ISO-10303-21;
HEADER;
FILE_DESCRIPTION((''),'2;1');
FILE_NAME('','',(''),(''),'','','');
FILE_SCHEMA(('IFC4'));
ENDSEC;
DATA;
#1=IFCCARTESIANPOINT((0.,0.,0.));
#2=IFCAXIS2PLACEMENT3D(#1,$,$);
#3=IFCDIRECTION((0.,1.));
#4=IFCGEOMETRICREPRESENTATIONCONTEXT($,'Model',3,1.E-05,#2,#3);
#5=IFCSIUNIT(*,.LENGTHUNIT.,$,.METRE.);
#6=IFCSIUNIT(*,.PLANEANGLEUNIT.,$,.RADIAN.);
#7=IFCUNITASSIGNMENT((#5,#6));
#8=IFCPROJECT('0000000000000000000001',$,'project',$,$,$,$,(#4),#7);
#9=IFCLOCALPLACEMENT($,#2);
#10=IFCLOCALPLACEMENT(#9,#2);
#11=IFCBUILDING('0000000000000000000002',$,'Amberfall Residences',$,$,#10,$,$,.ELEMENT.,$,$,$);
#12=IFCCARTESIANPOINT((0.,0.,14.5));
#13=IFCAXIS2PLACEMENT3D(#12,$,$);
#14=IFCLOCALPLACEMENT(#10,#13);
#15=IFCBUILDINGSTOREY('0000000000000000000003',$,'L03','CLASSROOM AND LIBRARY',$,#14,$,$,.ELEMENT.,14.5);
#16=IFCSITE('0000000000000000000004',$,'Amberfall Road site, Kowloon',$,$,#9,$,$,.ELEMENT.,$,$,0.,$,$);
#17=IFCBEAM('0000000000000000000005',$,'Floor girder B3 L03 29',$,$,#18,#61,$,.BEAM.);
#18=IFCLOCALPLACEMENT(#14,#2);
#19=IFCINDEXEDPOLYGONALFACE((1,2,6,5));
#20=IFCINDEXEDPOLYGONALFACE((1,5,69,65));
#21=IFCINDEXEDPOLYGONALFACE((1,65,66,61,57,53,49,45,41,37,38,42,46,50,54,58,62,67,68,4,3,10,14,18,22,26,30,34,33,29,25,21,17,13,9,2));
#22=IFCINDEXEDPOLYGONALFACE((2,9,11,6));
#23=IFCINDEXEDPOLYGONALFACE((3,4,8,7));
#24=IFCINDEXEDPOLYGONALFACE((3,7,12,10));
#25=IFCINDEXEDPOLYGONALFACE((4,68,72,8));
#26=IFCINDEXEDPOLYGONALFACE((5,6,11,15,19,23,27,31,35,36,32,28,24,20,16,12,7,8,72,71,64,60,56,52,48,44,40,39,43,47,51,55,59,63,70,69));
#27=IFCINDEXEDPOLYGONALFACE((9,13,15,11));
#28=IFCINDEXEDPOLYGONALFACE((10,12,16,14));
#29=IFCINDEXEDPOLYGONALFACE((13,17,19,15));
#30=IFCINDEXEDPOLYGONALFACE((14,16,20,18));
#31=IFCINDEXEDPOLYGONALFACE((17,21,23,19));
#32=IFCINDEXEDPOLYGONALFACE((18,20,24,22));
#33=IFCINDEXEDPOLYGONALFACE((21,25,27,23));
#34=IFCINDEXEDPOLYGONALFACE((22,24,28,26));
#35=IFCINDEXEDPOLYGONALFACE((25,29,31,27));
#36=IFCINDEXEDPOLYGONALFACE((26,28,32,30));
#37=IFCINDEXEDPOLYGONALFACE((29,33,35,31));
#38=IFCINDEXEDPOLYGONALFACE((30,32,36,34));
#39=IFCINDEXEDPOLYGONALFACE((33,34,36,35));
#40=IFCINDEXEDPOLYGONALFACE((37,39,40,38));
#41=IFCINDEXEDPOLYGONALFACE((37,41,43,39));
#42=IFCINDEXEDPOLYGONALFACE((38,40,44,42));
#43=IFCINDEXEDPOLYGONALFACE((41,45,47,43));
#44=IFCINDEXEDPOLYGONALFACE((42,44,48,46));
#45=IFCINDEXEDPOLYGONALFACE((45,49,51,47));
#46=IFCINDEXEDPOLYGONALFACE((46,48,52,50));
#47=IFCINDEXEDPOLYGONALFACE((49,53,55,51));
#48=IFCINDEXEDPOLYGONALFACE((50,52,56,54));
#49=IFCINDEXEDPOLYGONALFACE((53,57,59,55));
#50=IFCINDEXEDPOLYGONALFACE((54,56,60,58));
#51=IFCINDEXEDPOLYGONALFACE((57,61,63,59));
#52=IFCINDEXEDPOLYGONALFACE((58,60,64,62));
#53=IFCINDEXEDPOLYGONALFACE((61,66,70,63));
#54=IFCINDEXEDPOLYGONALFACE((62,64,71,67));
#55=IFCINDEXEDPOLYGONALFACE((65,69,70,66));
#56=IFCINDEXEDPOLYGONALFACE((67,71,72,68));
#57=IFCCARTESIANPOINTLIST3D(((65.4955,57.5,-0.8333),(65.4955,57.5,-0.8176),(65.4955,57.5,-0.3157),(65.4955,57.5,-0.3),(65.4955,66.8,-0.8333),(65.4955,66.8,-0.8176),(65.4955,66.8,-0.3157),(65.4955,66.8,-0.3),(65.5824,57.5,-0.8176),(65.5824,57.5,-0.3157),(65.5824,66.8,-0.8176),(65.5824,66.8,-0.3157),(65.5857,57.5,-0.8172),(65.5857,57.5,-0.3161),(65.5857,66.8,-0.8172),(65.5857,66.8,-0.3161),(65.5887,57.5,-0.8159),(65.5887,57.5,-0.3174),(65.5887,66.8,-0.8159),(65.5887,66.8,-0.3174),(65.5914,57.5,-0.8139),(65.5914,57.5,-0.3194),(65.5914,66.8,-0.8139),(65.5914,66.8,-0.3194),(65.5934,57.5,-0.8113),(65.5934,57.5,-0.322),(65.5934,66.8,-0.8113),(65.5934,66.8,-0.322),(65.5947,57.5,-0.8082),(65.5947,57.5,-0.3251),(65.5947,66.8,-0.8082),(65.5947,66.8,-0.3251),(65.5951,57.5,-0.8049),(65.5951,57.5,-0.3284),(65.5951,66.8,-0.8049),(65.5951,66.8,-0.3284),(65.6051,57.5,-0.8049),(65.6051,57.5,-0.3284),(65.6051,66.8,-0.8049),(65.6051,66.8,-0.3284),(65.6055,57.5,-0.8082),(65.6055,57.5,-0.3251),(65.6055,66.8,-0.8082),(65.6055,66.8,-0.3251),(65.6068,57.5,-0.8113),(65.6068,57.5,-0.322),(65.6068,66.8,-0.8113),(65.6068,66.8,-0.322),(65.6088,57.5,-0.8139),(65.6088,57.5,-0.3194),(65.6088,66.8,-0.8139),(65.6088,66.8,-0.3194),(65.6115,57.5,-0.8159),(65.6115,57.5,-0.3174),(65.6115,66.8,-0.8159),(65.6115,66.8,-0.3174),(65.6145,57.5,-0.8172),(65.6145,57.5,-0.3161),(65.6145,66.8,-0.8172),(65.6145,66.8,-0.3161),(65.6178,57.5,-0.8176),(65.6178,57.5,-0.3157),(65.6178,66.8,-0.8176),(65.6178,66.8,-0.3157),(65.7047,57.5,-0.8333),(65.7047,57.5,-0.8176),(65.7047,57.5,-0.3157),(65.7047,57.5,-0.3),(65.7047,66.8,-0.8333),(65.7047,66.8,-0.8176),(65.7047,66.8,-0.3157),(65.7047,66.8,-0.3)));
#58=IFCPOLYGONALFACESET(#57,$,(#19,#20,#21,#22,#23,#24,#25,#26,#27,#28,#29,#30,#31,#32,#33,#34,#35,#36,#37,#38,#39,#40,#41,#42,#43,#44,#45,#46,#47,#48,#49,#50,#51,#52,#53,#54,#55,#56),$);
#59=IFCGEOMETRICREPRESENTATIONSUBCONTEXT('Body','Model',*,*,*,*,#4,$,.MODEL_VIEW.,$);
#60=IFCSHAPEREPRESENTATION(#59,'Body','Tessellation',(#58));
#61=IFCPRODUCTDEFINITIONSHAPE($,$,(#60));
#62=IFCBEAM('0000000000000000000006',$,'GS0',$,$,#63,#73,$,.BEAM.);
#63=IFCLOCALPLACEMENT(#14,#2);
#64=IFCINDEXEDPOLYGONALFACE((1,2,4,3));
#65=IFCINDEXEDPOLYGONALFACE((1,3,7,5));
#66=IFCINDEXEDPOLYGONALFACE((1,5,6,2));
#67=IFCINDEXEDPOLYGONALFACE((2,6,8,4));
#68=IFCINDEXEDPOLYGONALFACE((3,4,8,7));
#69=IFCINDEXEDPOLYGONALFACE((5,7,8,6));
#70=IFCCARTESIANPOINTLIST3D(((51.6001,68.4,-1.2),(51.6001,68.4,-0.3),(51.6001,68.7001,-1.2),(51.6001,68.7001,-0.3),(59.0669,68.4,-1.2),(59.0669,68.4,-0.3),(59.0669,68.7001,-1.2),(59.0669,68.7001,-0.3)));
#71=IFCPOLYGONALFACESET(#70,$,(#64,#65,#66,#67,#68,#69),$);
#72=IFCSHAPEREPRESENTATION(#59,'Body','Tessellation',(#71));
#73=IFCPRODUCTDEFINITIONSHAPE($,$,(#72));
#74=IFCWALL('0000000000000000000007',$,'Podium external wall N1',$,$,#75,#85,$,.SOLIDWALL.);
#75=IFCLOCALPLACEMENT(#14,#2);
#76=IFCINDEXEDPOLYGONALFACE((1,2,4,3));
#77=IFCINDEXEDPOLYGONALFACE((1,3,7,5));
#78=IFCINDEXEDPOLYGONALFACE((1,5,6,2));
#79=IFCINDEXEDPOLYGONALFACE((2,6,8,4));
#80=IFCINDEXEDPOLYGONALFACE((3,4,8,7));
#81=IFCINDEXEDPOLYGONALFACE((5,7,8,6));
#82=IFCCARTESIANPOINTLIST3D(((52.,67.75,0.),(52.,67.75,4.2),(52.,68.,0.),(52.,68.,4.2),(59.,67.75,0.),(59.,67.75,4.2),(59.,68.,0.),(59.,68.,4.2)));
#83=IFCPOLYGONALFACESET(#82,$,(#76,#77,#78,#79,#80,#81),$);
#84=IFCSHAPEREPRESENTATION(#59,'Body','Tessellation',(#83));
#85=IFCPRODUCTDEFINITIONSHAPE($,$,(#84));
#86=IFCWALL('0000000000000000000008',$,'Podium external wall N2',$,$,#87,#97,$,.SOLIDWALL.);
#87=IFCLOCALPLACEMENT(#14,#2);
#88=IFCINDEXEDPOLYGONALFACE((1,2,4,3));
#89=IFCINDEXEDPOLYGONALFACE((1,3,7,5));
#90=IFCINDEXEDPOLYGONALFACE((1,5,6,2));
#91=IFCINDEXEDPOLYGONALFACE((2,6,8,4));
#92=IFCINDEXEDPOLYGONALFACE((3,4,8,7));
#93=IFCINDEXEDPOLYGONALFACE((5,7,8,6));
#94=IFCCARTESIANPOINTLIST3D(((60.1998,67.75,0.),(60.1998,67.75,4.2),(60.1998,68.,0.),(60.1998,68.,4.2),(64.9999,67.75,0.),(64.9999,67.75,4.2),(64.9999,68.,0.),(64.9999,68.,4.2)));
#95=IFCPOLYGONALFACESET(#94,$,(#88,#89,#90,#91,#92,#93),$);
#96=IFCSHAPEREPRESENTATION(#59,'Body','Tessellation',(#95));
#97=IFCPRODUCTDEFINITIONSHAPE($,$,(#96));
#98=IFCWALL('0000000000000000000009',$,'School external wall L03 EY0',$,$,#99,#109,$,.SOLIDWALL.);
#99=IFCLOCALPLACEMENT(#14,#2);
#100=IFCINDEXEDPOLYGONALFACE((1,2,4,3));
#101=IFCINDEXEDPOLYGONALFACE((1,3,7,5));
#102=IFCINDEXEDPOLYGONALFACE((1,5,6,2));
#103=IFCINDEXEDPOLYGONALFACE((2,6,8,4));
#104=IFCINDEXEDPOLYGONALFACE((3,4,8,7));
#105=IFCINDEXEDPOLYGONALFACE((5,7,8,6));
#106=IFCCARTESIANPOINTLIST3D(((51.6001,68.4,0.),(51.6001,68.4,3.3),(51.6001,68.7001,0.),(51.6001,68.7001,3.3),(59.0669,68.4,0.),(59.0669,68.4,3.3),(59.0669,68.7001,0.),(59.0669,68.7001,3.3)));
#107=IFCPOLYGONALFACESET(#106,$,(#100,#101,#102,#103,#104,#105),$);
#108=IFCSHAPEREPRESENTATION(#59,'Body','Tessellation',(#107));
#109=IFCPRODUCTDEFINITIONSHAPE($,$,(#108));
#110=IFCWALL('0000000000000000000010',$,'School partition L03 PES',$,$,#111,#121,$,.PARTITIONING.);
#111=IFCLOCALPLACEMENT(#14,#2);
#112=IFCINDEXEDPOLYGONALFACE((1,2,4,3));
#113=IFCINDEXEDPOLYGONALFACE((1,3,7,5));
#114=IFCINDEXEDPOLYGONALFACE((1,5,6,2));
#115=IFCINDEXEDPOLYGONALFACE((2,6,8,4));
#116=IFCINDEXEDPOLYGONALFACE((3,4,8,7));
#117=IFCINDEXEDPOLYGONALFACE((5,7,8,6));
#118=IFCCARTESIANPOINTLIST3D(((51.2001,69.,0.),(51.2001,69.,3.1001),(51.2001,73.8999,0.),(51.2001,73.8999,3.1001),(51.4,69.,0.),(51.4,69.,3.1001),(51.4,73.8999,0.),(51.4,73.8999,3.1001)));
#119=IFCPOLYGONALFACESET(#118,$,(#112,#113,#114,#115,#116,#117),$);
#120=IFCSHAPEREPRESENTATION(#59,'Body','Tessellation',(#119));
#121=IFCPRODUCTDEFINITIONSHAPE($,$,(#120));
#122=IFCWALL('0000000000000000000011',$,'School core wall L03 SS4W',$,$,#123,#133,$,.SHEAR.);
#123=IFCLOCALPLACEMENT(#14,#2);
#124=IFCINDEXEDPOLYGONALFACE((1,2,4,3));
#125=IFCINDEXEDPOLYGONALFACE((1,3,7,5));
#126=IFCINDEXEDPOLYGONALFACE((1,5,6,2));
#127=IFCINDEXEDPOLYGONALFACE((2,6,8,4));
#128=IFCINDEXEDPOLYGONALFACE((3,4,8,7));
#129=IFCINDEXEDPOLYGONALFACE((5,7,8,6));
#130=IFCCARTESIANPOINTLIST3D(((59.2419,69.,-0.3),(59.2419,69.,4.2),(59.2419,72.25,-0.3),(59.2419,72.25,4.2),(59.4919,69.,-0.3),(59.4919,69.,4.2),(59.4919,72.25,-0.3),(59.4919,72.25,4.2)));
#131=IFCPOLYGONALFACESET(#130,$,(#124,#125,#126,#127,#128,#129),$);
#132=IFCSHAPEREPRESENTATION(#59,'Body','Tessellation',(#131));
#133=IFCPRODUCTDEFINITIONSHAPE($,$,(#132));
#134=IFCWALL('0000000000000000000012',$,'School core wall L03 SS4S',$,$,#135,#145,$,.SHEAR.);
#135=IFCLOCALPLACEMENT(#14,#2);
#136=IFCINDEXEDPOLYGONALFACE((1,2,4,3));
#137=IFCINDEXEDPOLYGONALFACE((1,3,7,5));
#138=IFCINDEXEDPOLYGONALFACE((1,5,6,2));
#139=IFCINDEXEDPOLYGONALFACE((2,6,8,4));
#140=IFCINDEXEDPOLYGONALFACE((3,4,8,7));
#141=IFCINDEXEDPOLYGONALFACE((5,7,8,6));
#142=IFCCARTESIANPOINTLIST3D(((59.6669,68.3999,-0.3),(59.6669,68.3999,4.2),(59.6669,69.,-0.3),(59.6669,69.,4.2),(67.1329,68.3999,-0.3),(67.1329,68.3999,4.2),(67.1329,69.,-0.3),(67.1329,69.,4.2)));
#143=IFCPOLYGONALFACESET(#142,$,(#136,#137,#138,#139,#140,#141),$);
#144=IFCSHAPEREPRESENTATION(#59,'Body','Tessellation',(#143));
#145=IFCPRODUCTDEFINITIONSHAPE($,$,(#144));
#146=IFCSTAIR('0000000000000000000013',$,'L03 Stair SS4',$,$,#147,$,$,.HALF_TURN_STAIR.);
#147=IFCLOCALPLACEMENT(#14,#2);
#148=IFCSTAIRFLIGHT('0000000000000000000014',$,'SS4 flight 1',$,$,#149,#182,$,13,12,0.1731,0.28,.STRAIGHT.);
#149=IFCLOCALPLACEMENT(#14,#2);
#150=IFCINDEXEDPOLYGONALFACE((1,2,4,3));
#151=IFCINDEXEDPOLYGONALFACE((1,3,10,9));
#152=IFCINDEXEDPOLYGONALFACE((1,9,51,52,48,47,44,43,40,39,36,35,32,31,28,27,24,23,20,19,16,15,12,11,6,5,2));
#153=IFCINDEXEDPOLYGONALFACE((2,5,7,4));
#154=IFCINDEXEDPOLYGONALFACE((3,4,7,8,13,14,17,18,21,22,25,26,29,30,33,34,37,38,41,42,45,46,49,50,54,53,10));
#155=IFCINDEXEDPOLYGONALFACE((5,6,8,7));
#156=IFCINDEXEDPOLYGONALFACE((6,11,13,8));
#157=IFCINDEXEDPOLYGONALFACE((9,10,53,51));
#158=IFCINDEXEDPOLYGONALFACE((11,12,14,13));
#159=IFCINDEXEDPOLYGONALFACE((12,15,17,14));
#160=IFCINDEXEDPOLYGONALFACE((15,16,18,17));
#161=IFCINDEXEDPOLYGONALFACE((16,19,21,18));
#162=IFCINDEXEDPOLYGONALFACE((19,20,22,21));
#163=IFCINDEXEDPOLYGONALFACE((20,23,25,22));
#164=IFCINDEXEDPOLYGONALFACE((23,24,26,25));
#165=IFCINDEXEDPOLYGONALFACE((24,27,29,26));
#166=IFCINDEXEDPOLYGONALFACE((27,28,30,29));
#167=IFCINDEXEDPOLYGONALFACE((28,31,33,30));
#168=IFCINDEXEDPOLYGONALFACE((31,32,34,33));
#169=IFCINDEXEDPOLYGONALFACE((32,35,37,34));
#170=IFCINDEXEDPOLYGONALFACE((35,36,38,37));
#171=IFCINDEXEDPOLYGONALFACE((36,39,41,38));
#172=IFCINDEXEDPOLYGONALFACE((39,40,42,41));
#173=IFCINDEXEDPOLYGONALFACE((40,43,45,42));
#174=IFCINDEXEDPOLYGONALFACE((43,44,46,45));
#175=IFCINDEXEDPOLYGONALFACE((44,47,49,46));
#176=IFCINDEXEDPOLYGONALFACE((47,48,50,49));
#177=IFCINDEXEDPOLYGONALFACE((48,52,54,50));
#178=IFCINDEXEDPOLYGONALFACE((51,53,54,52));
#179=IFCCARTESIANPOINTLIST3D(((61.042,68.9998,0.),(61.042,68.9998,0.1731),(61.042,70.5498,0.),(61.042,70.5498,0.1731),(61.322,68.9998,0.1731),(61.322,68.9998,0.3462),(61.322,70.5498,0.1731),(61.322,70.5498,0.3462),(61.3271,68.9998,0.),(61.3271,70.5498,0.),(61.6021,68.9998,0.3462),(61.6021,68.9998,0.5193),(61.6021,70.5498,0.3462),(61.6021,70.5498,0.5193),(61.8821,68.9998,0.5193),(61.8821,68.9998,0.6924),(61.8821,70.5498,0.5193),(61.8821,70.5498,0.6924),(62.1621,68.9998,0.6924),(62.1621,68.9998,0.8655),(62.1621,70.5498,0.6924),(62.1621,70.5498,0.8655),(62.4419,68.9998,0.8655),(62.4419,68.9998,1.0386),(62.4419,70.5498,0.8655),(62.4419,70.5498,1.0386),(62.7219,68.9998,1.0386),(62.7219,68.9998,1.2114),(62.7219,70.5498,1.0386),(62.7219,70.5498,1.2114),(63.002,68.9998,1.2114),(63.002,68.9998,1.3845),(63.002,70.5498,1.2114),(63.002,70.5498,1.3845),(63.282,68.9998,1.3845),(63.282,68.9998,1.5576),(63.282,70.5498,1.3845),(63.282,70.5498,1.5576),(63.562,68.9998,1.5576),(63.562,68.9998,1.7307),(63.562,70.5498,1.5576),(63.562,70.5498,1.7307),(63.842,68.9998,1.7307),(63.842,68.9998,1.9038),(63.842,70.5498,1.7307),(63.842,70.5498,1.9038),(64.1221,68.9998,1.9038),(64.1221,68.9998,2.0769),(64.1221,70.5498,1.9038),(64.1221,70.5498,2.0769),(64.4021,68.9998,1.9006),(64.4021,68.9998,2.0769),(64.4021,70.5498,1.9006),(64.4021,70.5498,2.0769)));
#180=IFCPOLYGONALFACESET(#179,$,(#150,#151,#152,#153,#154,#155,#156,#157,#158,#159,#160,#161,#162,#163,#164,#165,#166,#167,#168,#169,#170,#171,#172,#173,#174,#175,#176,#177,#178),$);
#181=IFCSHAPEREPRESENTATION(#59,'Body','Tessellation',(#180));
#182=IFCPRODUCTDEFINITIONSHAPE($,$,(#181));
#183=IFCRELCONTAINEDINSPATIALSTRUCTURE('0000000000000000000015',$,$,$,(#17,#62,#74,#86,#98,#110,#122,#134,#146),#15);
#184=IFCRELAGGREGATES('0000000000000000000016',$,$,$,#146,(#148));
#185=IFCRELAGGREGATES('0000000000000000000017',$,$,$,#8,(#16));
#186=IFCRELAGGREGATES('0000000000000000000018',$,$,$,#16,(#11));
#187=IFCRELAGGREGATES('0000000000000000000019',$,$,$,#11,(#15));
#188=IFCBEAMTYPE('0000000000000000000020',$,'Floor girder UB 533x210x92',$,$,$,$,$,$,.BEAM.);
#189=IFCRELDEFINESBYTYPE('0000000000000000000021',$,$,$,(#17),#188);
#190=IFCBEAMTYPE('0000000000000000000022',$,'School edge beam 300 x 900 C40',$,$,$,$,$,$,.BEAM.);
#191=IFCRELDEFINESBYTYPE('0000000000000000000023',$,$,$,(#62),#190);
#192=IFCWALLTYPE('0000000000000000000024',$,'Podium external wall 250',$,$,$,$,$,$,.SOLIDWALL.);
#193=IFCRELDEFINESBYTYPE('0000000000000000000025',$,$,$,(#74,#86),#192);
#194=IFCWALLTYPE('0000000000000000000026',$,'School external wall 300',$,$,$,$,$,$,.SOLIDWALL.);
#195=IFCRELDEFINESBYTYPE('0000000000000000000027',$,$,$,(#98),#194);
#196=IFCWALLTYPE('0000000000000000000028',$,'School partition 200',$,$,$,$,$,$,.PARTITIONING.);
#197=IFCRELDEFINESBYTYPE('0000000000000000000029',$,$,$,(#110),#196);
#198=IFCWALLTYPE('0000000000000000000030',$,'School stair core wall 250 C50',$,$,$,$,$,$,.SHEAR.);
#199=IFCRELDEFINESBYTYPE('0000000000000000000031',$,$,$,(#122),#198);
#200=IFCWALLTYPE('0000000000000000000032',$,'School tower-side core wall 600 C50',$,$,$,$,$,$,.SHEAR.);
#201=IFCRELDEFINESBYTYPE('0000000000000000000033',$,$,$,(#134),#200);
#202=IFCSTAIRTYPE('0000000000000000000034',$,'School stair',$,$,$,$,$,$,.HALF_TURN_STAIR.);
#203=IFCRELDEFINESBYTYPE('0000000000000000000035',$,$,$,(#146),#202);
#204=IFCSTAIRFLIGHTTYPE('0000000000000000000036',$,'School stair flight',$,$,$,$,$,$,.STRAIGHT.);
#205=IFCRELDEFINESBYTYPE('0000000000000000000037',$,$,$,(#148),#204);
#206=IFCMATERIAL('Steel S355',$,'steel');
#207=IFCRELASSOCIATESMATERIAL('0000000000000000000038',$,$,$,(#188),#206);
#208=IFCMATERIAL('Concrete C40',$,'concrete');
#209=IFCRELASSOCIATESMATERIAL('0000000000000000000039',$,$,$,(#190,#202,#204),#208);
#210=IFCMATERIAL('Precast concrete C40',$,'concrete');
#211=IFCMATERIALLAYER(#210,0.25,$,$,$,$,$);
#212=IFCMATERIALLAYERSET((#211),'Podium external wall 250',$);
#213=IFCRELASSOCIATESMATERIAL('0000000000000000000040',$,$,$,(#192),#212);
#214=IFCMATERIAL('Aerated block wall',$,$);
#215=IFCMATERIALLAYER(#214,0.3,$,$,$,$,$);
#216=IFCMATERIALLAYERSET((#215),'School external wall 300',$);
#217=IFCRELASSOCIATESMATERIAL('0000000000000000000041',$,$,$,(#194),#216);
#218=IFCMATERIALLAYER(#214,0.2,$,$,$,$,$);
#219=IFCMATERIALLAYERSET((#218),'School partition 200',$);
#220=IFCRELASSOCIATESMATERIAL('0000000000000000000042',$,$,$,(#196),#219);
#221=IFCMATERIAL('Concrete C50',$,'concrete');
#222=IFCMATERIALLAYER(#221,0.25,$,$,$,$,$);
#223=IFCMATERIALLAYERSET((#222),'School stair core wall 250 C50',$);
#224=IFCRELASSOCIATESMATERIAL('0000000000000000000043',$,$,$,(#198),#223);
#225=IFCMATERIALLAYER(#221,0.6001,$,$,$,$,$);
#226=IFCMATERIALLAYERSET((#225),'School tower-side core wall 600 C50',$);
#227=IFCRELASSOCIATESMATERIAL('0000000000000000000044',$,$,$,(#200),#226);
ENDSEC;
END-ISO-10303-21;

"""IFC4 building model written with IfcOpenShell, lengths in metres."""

from ifc_helpers import new_model, si_unit, direction, frame, frame_2d, origin, origin_2d, place, context, subcontext, project, spatial, polyline, rectangle, i_section, outline, extrude, material, layer, layer_set, material_profile, profile_set, type_object, element, aggregate, save


model = new_model("IFC4")

# Units and contexts
model_context = context("Model", 3, precision=1e-05, world=origin(), true_north=direction((0.0, 1.0)))
body_context = subcontext(model_context, "Body", "Model", "MODEL_VIEW")
ifc_project = project(units=[si_unit("LENGTHUNIT", "METRE"), si_unit("PLANEANGLEUNIT", "RADIAN")], contexts=[model_context])

# Site, building, storey
site_placement = place(None, origin())
site = spatial("IfcSite", under=ifc_project, at=site_placement, Name="Amberfall Road site, Kowloon", CompositionType="ELEMENT", RefElevation=0.0)
building_placement = place(site_placement, origin())
building = spatial("IfcBuilding", under=site, at=building_placement, Name="Amberfall Residences", CompositionType="ELEMENT")
storey_placement = place(building_placement, frame((0.0, 0.0, 14.5)))
storey = spatial("IfcBuildingStorey", under=building, at=storey_placement, Name="L03", Description="CLASSROOM AND LIBRARY", CompositionType="ELEMENT", Elevation=14.5)

# Shared definitions
ifc_material_1 = material(Name="Concrete C40", Category="concrete")

# Beams
ifc_material_2 = material(Name="Steel S355", Category="steel")
ifc_material_profile_1 = material_profile(ifc_material_2, i_section(OverallWidth=0.2092, OverallDepth=0.5332, WebThickness=0.01, FlangeThickness=0.0156, FilletRadius=0.0127, at=origin_2d()), Name="UB 533x210x92")
ifc_profile_set_1 = profile_set([ifc_material_profile_1], Name="Steel S355")
beam_type_1 = type_object("IfcBeamType", Name="Floor girder UB 533x210x92", PredefinedType="BEAM", material=ifc_profile_set_1)
beam_1_placement = place(storey_placement, frame((65.6001, 66.8, -0.5667), z_axis=(0.0, -1.0, 0.0), x_axis=(1.0, 0.0, 0.0)))
element("IfcBeam", 1, at=beam_1_placement, inside=storey, type_object=beam_type_1, Name="Floor girder B3 L03 29", PredefinedType="BEAM", context=body_context, shape_type="SweptSolid", body=[
    extrude(i_section(OverallWidth=0.2092, OverallDepth=0.5332, WebThickness=0.01, FlangeThickness=0.0156, FilletRadius=0.0127, at=origin_2d()), origin(), (0.0, 0.0, 1.0), 9.3),
])
ifc_material_profile_2 = material_profile(ifc_material_1, rectangle(XDim=0.3, YDim=0.8999, at=origin_2d()), Name="School edge beam 300 x 900 C40")
ifc_profile_set_2 = profile_set([ifc_material_profile_2], Name="Concrete C40")
beam_type_2 = type_object("IfcBeamType", Name="School edge beam 300 x 900 C40", PredefinedType="BEAM", material=ifc_profile_set_2)
beam_2_placement = place(storey_placement, frame((51.6001, 68.55, -0.75), z_axis=(1.0, 0.0, 0.0), x_axis=(0.0, 1.0, 0.0)))
element("IfcBeam", 2, at=beam_2_placement, inside=storey, type_object=beam_type_2, Name="GS0", PredefinedType="BEAM", context=body_context, shape_type="SweptSolid", body=[
    extrude(rectangle(XDim=0.3, YDim=0.8999, at=origin_2d()), origin(), (0.0, 0.0, 1.0), 7.4668),
])

# Walls
ifc_material_3 = material(Name="Precast concrete C40", Category="concrete")
ifc_layer_1 = layer(ifc_material_3, 0.25)
ifc_layer_set_1 = layer_set([ifc_layer_1], Name="Podium external wall 250")
wall_type_1 = type_object("IfcWallType", Name="Podium external wall 250", PredefinedType="SOLIDWALL", material=ifc_layer_set_1)
wall_1_placement = place(storey_placement, frame((52.0, 67.875, 0.0), z_axis=(0.0, 0.0, 1.0), x_axis=(1.0, 0.0, 0.0)))
element("IfcWall", 3, at=wall_1_placement, inside=storey, type_object=wall_type_1, Name="Podium external wall N1", PredefinedType="SOLIDWALL", context=body_context, shape_type="SweptSolid", body=[
    extrude(rectangle(XDim=7.0, YDim=0.25, at=frame_2d((3.5, 0.0))), origin(), (0.0, 0.0, 1.0), 4.2),
])
wall_2_placement = place(storey_placement, frame((60.2, 67.875, 0.0), z_axis=(0.0, 0.0, 1.0), x_axis=(1.0, 0.0, 0.0)))
element("IfcWall", 4, at=wall_2_placement, inside=storey, type_object=wall_type_1, Name="Podium external wall N2", PredefinedType="SOLIDWALL", context=body_context, shape_type="SweptSolid", body=[
    extrude(rectangle(XDim=4.8, YDim=0.25, at=frame_2d((2.3999, 0.0))), origin(), (0.0, 0.0, 1.0), 4.2),
])
ifc_material_4 = material(Name="Aerated block wall")
ifc_layer_2 = layer(ifc_material_4, 0.3)
ifc_layer_set_2 = layer_set([ifc_layer_2], Name="School external wall 300")
wall_type_2 = type_object("IfcWallType", Name="School external wall 300", PredefinedType="SOLIDWALL", material=ifc_layer_set_2)
wall_3_placement = place(storey_placement, frame((51.6001, 68.55, 0.0), z_axis=(0.0, 0.0, 1.0), x_axis=(1.0, 0.0, 0.0)))
element("IfcWall", 5, at=wall_3_placement, inside=storey, type_object=wall_type_2, Name="School external wall L03 EY0", PredefinedType="SOLIDWALL", context=body_context, shape_type="SweptSolid", body=[
    extrude(rectangle(XDim=7.4668, YDim=0.3, at=frame_2d((3.7334, 0.0))), origin(), (0.0, 0.0, 1.0), 3.3),
])
ifc_layer_3 = layer(ifc_material_4, 0.2)
ifc_layer_set_3 = layer_set([ifc_layer_3], Name="School partition 200")
wall_type_3 = type_object("IfcWallType", Name="School partition 200", PredefinedType="PARTITIONING", material=ifc_layer_set_3)
wall_4_placement = place(storey_placement, frame((51.3, 69.0, 0.0), z_axis=(0.0, 0.0, 1.0), x_axis=(0.0, 1.0, 0.0)))
element("IfcWall", 6, at=wall_4_placement, inside=storey, type_object=wall_type_3, Name="School partition L03 PES", PredefinedType="PARTITIONING", context=body_context, shape_type="SweptSolid", body=[
    extrude(rectangle(XDim=4.8999, YDim=0.2, at=frame_2d((2.45, 0.0))), origin(), (0.0, 0.0, 1.0), 3.1001),
])
ifc_material_5 = material(Name="Concrete C50", Category="concrete")
ifc_layer_4 = layer(ifc_material_5, 0.25)
ifc_layer_set_4 = layer_set([ifc_layer_4], Name="School stair core wall 250 C50")
wall_type_4 = type_object("IfcWallType", Name="School stair core wall 250 C50", PredefinedType="SHEAR", material=ifc_layer_set_4)
wall_5_placement = place(storey_placement, frame((59.3669, 69.0, -0.3), z_axis=(0.0, 0.0, 1.0), x_axis=(0.0, 1.0, 0.0)))
element("IfcWall", 7, at=wall_5_placement, inside=storey, type_object=wall_type_4, Name="School core wall L03 SS4W", PredefinedType="SHEAR", context=body_context, shape_type="SweptSolid", body=[
    extrude(rectangle(XDim=3.25, YDim=0.25, at=frame_2d((1.625, 0.0))), origin(), (0.0, 0.0, 1.0), 4.5),
])
ifc_layer_5 = layer(ifc_material_5, 0.6001)
ifc_layer_set_5 = layer_set([ifc_layer_5], Name="School tower-side core wall 600 C50")
wall_type_5 = type_object("IfcWallType", Name="School tower-side core wall 600 C50", PredefinedType="SHEAR", material=ifc_layer_set_5)
wall_6_placement = place(storey_placement, frame((59.667, 68.7, -0.3), z_axis=(0.0, 0.0, 1.0), x_axis=(1.0, 0.0, 0.0)))
element("IfcWall", 8, at=wall_6_placement, inside=storey, type_object=wall_type_5, Name="School core wall L03 SS4S", PredefinedType="SHEAR", context=body_context, shape_type="SweptSolid", body=[
    extrude(rectangle(XDim=7.4661, YDim=0.6001, at=frame_2d((3.7329, 0.0))), origin(), (0.0, 0.0, 1.0), 4.5),
])

# Stair, stair flight
stair_type = type_object("IfcStairType", Name="School stair", PredefinedType="HALF_TURN_STAIR", material=ifc_material_1)
stair_placement = place(storey_placement, origin())
stair = element("IfcStair", 9, at=stair_placement, inside=storey, type_object=stair_type, Name="L03 Stair SS4", PredefinedType="HALF_TURN_STAIR")
stair_flight_type = type_object("IfcStairFlightType", Name="School stair flight", PredefinedType="STRAIGHT", material=ifc_material_1)
stair_flight_placement = place(storey_placement, frame((61.042, 69.7749, 0.0), z_axis=(0.0, 0.0, 1.0), x_axis=(1.0, 0.0, 0.0)))
stair_flight = element("IfcStairFlight", 10, at=stair_flight_placement, type_object=stair_flight_type, Name="SS4 flight 1", NumberOfRisers=13, NumberOfTreads=12, PredefinedType="STRAIGHT", RiserHeight=0.1731, TreadLength=0.28, context=body_context, shape_type="SweptSolid", body=[
    extrude(outline(polyline([(0.0, 0.0), (0.0, 0.1731), (0.28, 0.1731), (0.28, 0.3462), (0.5601, 0.3462), (0.5601, 0.5193), (0.8401, 0.5193), (0.8401, 0.6924), (1.1201, 0.6924), (1.1201, 0.8655), (1.3999, 0.8655), (1.3999, 1.0386), (1.6799, 1.0386), (1.6799, 1.2114), (1.96, 1.2114), (1.96, 1.3845), (2.24, 1.3845), (2.24, 1.5576), (2.52, 1.5576), (2.52, 1.7307), (2.8, 1.7307), (2.8, 1.9038), (3.0801, 1.9038), (3.0801, 2.0769), (3.3601, 2.0769), (3.3601, 2.25), (3.3601, 1.9006), (0.2852, 0.0), (0.0, 0.0)])), frame((0.0, 0.7749, 0.0), z_axis=(0.0, -1.0, 0.0), x_axis=(1.0, 0.0, 0.0)), (0.0, 0.0, 1.0), 1.55),
])
aggregate(stair, [stair_flight])

save(model, "model.ifc")
